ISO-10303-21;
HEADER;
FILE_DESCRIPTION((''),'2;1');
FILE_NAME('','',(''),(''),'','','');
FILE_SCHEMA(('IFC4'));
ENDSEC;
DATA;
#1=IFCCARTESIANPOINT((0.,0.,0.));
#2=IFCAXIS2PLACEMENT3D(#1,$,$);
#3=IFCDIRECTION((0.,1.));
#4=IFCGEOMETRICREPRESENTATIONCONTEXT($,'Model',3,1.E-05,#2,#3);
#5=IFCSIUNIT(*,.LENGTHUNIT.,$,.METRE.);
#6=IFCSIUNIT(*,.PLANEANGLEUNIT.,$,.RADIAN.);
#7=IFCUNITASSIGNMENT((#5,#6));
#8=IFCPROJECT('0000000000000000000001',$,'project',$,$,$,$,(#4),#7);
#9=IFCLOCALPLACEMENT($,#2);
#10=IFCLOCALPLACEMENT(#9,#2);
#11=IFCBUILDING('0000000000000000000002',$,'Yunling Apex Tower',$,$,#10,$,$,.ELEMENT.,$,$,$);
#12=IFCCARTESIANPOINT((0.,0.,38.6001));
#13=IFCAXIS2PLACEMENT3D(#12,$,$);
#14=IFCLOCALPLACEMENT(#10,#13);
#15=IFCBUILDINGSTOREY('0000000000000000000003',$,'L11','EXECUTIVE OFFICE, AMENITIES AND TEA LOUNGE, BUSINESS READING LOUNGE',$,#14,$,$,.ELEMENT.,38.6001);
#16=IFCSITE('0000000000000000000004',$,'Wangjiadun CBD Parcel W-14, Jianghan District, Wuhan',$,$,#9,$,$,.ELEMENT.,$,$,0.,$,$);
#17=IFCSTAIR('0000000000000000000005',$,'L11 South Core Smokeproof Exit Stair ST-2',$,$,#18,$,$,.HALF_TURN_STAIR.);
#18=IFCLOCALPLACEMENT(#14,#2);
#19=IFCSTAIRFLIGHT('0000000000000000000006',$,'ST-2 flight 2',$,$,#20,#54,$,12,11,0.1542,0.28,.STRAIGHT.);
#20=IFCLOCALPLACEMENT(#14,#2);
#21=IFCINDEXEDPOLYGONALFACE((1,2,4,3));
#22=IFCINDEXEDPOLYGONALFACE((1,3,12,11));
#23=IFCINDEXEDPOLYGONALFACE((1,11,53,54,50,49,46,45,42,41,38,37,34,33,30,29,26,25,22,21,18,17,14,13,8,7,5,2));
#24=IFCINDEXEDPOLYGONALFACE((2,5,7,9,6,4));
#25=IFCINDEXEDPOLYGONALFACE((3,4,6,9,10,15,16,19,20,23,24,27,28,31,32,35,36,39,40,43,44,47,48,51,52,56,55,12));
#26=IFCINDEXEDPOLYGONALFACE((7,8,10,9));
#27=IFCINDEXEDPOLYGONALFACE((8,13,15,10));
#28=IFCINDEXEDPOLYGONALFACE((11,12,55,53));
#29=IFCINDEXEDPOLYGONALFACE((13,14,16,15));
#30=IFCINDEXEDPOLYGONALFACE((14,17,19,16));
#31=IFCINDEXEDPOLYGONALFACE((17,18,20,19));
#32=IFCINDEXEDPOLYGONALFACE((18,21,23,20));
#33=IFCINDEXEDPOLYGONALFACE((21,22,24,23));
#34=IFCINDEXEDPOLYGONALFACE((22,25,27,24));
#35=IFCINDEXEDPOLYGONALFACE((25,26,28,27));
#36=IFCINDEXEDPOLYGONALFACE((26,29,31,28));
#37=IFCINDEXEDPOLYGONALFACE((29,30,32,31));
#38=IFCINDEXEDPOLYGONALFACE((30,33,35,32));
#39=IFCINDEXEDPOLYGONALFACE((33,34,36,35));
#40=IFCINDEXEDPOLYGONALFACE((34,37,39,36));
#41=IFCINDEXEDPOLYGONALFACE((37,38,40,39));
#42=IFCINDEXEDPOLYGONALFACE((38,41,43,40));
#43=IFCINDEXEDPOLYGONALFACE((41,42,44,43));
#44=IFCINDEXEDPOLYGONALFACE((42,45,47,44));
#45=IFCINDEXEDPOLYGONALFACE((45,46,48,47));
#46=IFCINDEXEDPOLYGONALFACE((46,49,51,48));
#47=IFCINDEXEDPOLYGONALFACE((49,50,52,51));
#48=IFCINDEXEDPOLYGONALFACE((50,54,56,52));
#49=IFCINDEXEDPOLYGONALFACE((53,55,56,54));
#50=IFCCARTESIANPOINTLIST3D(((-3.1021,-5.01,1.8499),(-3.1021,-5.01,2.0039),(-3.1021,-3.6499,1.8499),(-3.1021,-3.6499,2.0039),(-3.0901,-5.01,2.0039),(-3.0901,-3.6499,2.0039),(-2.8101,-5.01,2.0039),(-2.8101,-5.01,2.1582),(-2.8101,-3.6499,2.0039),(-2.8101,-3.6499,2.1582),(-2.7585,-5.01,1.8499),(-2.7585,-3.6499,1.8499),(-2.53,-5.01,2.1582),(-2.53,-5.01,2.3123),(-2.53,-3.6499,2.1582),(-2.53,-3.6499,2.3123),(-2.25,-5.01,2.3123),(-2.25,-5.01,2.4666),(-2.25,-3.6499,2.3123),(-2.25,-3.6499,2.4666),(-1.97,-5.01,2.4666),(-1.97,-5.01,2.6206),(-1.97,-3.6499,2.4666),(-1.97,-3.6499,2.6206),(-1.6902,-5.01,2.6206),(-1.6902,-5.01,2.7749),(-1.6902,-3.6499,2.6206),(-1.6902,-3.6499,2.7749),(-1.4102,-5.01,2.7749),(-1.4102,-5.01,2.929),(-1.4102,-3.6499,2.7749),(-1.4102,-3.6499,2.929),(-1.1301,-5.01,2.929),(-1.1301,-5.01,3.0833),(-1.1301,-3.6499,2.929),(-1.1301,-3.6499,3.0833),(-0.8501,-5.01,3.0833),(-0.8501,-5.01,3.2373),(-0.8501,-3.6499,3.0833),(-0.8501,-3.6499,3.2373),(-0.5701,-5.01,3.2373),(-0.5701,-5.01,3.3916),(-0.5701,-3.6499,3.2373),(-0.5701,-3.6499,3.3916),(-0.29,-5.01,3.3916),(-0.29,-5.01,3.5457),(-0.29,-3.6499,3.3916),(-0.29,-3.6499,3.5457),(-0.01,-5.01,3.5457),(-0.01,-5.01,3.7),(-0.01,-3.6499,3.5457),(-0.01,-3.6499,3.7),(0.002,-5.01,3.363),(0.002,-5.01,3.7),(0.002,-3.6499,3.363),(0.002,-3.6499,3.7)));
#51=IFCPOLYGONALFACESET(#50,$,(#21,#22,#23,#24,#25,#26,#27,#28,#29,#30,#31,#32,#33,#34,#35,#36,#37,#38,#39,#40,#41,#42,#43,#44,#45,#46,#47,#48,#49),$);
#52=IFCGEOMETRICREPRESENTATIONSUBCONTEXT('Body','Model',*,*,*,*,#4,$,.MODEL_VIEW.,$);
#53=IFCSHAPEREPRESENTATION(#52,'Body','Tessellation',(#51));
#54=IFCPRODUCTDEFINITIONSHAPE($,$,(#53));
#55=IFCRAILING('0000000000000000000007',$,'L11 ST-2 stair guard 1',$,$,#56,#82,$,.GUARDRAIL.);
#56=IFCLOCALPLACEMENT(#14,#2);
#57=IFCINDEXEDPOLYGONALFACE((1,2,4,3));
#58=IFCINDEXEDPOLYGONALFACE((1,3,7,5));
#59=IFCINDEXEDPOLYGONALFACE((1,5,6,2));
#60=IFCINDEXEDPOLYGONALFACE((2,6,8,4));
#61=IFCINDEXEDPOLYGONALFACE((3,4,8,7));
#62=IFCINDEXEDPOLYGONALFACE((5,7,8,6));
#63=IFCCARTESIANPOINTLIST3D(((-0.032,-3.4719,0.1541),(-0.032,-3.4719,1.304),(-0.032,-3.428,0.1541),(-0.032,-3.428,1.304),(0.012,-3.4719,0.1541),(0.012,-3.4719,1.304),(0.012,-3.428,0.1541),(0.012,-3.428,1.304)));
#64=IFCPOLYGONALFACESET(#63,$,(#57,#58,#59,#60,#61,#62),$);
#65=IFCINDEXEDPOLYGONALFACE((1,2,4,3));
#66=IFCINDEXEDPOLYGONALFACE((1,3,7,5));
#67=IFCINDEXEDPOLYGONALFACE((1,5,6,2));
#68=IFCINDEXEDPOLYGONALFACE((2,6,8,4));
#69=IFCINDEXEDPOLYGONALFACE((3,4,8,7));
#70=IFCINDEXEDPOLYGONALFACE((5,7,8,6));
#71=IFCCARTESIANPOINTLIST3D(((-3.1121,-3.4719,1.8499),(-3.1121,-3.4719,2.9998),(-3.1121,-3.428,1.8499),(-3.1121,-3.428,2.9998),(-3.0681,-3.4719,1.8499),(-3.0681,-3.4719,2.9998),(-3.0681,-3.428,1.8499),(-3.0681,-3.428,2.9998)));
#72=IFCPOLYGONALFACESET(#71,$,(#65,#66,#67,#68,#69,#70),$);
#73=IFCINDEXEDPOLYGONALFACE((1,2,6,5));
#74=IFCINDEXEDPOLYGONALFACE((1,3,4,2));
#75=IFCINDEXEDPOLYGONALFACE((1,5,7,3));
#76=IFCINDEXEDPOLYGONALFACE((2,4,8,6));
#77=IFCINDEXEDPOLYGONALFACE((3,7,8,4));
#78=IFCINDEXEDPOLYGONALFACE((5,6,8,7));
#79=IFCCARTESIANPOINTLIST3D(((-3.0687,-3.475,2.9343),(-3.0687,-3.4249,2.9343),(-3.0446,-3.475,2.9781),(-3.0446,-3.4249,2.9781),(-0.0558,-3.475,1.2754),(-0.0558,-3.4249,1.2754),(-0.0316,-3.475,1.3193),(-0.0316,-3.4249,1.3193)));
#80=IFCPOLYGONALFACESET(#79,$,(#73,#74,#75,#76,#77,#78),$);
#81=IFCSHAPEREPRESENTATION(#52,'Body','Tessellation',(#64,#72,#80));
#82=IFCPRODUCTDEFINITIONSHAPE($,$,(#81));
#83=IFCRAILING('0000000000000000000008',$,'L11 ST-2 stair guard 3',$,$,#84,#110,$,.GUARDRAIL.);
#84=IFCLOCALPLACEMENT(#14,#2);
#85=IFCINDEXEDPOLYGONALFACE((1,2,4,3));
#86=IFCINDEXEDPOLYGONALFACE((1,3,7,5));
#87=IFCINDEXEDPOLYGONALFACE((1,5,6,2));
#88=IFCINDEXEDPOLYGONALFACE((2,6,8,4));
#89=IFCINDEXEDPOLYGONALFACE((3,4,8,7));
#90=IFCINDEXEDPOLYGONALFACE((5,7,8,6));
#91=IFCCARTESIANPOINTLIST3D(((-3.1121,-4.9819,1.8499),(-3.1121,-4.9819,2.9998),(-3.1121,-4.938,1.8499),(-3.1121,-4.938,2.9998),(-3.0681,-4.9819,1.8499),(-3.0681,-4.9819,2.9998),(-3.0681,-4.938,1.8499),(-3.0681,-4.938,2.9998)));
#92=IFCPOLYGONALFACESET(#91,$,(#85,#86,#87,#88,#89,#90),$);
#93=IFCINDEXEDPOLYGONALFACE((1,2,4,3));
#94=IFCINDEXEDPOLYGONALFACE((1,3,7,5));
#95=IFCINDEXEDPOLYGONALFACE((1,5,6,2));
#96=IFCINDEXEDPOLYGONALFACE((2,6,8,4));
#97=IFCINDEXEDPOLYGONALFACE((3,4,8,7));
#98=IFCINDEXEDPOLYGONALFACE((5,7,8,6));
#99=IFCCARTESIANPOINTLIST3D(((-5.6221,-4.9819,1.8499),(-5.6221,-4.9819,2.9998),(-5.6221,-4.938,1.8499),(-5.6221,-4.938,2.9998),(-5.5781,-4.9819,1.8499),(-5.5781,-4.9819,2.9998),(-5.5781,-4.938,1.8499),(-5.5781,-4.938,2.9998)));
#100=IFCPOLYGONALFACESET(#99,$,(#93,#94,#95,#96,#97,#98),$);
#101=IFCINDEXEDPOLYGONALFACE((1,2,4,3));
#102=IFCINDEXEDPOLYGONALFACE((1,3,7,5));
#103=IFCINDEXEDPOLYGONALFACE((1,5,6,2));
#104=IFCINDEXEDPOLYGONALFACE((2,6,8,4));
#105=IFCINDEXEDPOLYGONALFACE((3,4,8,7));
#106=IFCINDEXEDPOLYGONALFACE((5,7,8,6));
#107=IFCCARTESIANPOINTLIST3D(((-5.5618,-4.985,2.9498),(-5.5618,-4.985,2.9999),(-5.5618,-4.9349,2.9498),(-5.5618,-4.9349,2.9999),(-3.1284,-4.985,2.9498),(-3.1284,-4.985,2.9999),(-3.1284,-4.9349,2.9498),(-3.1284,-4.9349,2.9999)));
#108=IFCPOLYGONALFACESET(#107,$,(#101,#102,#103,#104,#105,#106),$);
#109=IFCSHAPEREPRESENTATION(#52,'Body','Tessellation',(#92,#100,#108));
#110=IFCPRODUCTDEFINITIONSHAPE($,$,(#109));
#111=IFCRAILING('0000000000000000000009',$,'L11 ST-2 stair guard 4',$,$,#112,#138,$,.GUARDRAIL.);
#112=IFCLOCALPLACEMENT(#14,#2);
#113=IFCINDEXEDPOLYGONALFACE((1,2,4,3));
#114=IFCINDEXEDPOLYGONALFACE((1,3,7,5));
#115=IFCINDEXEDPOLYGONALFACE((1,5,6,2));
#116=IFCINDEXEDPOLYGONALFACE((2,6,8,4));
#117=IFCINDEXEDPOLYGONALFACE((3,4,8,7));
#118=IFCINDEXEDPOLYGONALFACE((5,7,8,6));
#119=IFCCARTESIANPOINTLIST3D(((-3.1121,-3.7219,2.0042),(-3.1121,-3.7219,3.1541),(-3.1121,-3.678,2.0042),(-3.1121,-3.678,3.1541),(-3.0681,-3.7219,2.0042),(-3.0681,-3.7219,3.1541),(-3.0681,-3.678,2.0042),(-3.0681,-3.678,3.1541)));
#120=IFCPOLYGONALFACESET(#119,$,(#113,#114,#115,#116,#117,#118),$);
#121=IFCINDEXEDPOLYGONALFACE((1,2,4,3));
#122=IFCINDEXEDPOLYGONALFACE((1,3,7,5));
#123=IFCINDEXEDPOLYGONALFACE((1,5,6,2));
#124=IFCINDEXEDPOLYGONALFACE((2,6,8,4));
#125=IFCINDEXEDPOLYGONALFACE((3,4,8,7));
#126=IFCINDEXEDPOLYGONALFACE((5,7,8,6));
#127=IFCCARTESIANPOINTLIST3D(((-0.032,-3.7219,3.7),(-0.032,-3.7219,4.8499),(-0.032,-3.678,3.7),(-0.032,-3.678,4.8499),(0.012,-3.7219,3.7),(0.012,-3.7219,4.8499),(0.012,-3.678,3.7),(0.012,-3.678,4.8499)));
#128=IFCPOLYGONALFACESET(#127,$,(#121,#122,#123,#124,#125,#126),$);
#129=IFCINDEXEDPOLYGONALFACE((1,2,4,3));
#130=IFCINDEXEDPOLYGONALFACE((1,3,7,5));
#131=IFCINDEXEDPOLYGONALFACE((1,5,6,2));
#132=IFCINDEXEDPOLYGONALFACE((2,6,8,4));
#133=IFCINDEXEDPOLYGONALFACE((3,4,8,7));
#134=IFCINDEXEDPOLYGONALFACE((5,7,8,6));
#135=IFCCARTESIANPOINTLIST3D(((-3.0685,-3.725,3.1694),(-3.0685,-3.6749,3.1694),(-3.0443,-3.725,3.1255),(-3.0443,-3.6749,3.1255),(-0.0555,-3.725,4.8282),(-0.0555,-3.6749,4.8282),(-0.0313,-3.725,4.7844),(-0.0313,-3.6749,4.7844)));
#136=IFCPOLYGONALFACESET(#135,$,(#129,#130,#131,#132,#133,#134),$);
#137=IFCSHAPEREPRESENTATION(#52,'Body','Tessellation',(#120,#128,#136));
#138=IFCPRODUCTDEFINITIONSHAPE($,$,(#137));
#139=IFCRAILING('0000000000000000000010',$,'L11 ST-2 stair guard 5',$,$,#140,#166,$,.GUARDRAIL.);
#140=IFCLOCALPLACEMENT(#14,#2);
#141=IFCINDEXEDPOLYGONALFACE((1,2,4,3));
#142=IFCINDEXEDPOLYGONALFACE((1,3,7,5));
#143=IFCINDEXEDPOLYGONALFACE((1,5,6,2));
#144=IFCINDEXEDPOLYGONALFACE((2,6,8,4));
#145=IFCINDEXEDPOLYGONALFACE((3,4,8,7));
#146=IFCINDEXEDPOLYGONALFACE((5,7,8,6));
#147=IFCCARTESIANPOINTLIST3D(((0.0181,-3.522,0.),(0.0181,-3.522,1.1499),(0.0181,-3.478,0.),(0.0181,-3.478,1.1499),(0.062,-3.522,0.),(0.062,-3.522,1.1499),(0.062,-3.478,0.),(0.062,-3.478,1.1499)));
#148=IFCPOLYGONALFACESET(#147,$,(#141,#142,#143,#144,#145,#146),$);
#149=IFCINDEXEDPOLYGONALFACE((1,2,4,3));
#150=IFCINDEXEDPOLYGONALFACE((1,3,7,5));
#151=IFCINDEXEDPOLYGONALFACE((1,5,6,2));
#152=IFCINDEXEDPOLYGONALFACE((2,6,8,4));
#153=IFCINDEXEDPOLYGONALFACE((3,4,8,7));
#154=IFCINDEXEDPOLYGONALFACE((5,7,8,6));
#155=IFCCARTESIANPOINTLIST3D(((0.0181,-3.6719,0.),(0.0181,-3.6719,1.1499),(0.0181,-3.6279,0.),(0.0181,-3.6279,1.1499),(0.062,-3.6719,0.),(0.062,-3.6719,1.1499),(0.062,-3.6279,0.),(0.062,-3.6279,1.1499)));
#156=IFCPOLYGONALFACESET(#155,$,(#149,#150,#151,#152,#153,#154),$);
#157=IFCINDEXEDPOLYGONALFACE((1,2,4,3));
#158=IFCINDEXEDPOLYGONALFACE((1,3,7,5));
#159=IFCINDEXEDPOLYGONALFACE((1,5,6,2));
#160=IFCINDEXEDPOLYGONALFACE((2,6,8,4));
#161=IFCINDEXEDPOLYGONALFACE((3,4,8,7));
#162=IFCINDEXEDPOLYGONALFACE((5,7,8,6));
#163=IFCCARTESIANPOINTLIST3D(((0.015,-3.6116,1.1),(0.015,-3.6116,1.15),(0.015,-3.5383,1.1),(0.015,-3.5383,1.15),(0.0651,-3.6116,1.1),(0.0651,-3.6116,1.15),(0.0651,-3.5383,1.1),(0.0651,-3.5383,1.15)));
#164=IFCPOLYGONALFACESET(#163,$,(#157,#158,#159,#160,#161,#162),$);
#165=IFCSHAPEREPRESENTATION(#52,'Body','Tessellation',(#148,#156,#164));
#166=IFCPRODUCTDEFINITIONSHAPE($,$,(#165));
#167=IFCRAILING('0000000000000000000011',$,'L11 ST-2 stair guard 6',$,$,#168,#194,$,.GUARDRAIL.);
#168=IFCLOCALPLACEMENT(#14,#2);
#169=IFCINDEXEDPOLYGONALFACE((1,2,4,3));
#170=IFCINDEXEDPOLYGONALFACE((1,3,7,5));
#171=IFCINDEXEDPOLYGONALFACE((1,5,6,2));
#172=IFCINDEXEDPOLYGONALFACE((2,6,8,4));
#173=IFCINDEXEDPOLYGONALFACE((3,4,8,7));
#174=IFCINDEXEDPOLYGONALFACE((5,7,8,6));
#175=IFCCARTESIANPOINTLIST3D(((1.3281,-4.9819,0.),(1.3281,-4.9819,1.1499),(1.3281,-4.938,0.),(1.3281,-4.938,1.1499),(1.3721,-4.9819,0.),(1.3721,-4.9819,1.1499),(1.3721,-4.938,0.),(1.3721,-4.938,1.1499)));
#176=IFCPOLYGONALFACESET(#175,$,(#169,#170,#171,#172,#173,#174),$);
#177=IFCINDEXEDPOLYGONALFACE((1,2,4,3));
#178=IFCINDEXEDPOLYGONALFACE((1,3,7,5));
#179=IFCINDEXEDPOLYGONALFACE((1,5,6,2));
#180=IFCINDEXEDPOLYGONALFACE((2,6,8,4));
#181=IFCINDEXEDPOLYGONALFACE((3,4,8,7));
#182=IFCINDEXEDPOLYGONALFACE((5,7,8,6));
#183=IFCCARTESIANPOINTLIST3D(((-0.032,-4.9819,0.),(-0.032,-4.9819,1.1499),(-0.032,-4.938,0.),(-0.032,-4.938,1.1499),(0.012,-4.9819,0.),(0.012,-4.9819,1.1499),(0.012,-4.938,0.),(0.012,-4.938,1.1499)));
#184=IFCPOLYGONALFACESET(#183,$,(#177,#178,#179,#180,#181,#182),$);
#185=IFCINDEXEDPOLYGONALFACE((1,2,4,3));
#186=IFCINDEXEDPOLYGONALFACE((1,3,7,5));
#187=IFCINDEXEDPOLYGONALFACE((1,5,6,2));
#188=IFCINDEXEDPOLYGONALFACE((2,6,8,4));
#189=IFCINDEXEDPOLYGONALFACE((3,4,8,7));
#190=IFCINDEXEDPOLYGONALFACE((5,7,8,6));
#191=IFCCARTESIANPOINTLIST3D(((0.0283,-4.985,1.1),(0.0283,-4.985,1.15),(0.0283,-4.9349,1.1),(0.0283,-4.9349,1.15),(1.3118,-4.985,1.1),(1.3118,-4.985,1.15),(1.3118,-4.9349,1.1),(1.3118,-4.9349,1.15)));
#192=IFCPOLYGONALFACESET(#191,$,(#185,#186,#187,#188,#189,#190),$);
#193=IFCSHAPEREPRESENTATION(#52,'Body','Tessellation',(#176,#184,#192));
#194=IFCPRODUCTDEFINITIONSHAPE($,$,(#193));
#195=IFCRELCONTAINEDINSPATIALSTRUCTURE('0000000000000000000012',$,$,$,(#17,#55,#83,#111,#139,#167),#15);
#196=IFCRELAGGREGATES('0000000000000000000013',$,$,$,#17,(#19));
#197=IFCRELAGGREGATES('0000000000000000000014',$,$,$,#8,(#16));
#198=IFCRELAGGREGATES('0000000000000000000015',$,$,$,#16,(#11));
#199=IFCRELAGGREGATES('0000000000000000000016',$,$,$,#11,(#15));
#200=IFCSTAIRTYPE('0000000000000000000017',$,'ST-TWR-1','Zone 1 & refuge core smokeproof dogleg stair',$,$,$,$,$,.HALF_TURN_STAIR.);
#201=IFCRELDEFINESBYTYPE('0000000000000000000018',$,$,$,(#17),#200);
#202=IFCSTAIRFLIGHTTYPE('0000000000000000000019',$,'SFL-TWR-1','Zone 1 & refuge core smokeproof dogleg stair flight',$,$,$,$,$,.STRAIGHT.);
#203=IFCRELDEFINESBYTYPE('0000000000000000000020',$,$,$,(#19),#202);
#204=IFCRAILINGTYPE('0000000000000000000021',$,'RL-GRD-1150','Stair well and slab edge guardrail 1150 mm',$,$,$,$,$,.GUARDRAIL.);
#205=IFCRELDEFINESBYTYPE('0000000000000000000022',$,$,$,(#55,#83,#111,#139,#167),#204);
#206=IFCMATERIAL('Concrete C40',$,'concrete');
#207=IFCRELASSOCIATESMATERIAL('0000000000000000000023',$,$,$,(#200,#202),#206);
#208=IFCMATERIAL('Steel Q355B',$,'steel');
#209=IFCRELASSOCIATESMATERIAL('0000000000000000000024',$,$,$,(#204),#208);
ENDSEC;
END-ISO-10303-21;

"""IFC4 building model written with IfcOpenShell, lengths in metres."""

from ifc_helpers import new_model, si_unit, direction, frame, origin, origin_2d, place, context, subcontext, project, spatial, polyline, rectangle, outline, extrude, material, type_object, element, aggregate, save


model = new_model("IFC4")

# Units and contexts
model_context = context("Model", 3, precision=1e-05, world=origin(), true_north=direction((0.0, 1.0)))
body_context = subcontext(model_context, "Body", "Model", "MODEL_VIEW")
ifc_project = project(units=[si_unit("LENGTHUNIT", "METRE"), si_unit("PLANEANGLEUNIT", "RADIAN")], contexts=[model_context])

# Site, building, storey
site_placement = place(None, origin())
site = spatial("IfcSite", under=ifc_project, at=site_placement, Name="Wangjiadun CBD Parcel W-14, Jianghan District, Wuhan", CompositionType="ELEMENT", RefElevation=0.0)
building_placement = place(site_placement, origin())
building = spatial("IfcBuilding", under=site, at=building_placement, Name="Yunling Apex Tower", CompositionType="ELEMENT")
storey_placement = place(building_placement, frame((0.0, 0.0, 38.6001)))
storey = spatial("IfcBuildingStorey", under=building, at=storey_placement, Name="L11", Description="EXECUTIVE OFFICE, AMENITIES AND TEA LOUNGE, BUSINESS READING LOUNGE", CompositionType="ELEMENT", Elevation=38.6001)

# Shared definitions
ifc_material_1 = material(Name="Concrete C40", Category="concrete")

# Shared definitions
ifc_material_2 = material(Name="Steel Q355B", Category="steel")

# Stair, stair flight
stair_type = type_object("IfcStairType", Name="ST-TWR-1", Description="Zone 1 & refuge core smokeproof dogleg stair", PredefinedType="HALF_TURN_STAIR", material=ifc_material_1)
stair_placement = place(storey_placement, origin())
stair = element("IfcStair", 1, at=stair_placement, inside=storey, type_object=stair_type, Name="L11 South Core Smokeproof Exit Stair ST-2", PredefinedType="HALF_TURN_STAIR")
stair_flight_type = type_object("IfcStairFlightType", Name="SFL-TWR-1", Description="Zone 1 & refuge core smokeproof dogleg stair flight", PredefinedType="STRAIGHT", material=ifc_material_1)
stair_flight_1_placement = place(storey_placement, frame((-3.0901, -4.3301, 1.8499), z_axis=(0.0, 0.0, 1.0), x_axis=(1.0, 0.0, 0.0)))
stair_flight_1 = element("IfcStairFlight", 2, at=stair_flight_1_placement, type_object=stair_flight_type, Name="ST-2 flight 2", NumberOfRisers=12, NumberOfTreads=11, PredefinedType="STRAIGHT", RiserHeight=0.1542, TreadLength=0.28, context=body_context, shape_type="SweptSolid", body=[
    extrude(outline(polyline([(-0.012, 0.0), (-0.012, 0.1541), (0.0, 0.1541), (0.28, 0.1541), (0.28, 0.3083), (0.5601, 0.3083), (0.5601, 0.4624), (0.8401, 0.4624), (0.8401, 0.6167), (1.1201, 0.6167), (1.1201, 0.7708), (1.3999, 0.7708), (1.3999, 0.925), (1.6799, 0.925), (1.6799, 1.0791), (1.96, 1.0791), (1.96, 1.2334), (2.24, 1.2334), (2.24, 1.3875), (2.52, 1.3875), (2.52, 1.5417), (2.8, 1.5417), (2.8, 1.6958), (3.0801, 1.6958), (3.0801, 1.8501), (3.092, 1.8501), (3.092, 1.5132), (0.3315, 0.0), (-0.012, 0.0)])), frame((0.0, 0.6802, 0.0), z_axis=(0.0, -1.0, 0.0), x_axis=(1.0, 0.0, 0.0)), (0.0, 0.0, 1.0), 1.3601),
])
aggregate(stair, [stair_flight_1])

# Railings
railing_type_1 = type_object("IfcRailingType", Name="RL-GRD-1150", Description="Stair well and slab edge guardrail 1150 mm", PredefinedType="GUARDRAIL", material=ifc_material_2)
railing_1_placement = place(storey_placement, frame((-0.01, -3.45, 0.1541)))
element("IfcRailing", 3, at=railing_1_placement, inside=storey, type_object=railing_type_1, Name="L11 ST-2 stair guard 1", PredefinedType="GUARDRAIL", context=body_context, shape_type="SweptSolid", body=[
    extrude(rectangle(XDim=0.0439, YDim=0.0439, at=origin_2d()), origin(), (0.0, 0.0, 1.0), 1.1499),
    extrude(rectangle(XDim=0.0439, YDim=0.0439, at=origin_2d()), frame((-3.0801, 0.0, 1.6958)), (0.0, 0.0, 1.0), 1.1499),
    extrude(rectangle(XDim=0.05, YDim=0.05, at=origin_2d()), frame((-0.0337, 0.0, 1.1433), z_axis=(-0.876005, 0.0, 0.482303), x_axis=(0.0, -1.0, 0.0)), (0.0, 0.0, 1.0), 3.4395),
])
railing_2_placement = place(storey_placement, frame((-3.0901, -4.96, 1.8499)))
element("IfcRailing", 4, at=railing_2_placement, inside=storey, type_object=railing_type_1, Name="L11 ST-2 stair guard 3", PredefinedType="GUARDRAIL", context=body_context, shape_type="SweptSolid", body=[
    extrude(rectangle(XDim=0.0439, YDim=0.0439, at=origin_2d()), origin(), (0.0, 0.0, 1.0), 1.1499),
    extrude(rectangle(XDim=0.0439, YDim=0.0439, at=origin_2d()), frame((-2.51, 0.0, 0.0)), (0.0, 0.0, 1.0), 1.1499),
    extrude(rectangle(XDim=0.05, YDim=0.05, at=origin_2d()), frame((-0.0383, 0.0, 1.125), z_axis=(-1.0, 0.0, 0.0), x_axis=(0.0, -1.0, 0.0)), (0.0, 0.0, 1.0), 2.4333),
])
railing_3_placement = place(storey_placement, frame((-3.0901, -3.7, 2.0042)))
element("IfcRailing", 5, at=railing_3_placement, inside=storey, type_object=railing_type_1, Name="L11 ST-2 stair guard 4", PredefinedType="GUARDRAIL", context=body_context, shape_type="SweptSolid", body=[
    extrude(rectangle(XDim=0.0439, YDim=0.0439, at=origin_2d()), origin(), (0.0, 0.0, 1.0), 1.1499),
    extrude(rectangle(XDim=0.0439, YDim=0.0439, at=origin_2d()), frame((3.0801, 0.0, 1.6958)), (0.0, 0.0, 1.0), 1.1499),
    extrude(rectangle(XDim=0.05, YDim=0.05, at=origin_2d()), frame((0.0337, 0.0, 1.1433), z_axis=(0.876005, 0.0, 0.482303), x_axis=(0.0, 1.0, 0.0)), (0.0, 0.0, 1.0), 3.4395),
])
railing_4_placement = place(storey_placement, frame((0.04, -3.5, 0.0)))
element("IfcRailing", 6, at=railing_4_placement, inside=storey, type_object=railing_type_1, Name="L11 ST-2 stair guard 5", PredefinedType="GUARDRAIL", context=body_context, shape_type="SweptSolid", body=[
    extrude(rectangle(XDim=0.0439, YDim=0.0439, at=origin_2d()), origin(), (0.0, 0.0, 1.0), 1.1499),
    extrude(rectangle(XDim=0.0439, YDim=0.0439, at=origin_2d()), frame((0.0, -0.1499, 0.0)), (0.0, 0.0, 1.0), 1.1499),
    extrude(rectangle(XDim=0.05, YDim=0.05, at=origin_2d()), frame((0.0, -0.0383, 1.125), z_axis=(0.0, -1.0, 0.0), x_axis=(1.0, 0.0, 0.0)), (0.0, 0.0, 1.0), 0.0732),
])
railing_5_placement = place(storey_placement, frame((1.3501, -4.96, 0.0)))
element("IfcRailing", 7, at=railing_5_placement, inside=storey, type_object=railing_type_1, Name="L11 ST-2 stair guard 6", PredefinedType="GUARDRAIL", context=body_context, shape_type="SweptSolid", body=[
    extrude(rectangle(XDim=0.0439, YDim=0.0439, at=origin_2d()), origin(), (0.0, 0.0, 1.0), 1.1499),
    extrude(rectangle(XDim=0.0439, YDim=0.0439, at=origin_2d()), frame((-1.3601, 0.0, 0.0)), (0.0, 0.0, 1.0), 1.1499),
    extrude(rectangle(XDim=0.05, YDim=0.05, at=origin_2d()), frame((-0.0383, 0.0, 1.125), z_axis=(-1.0, 0.0, 0.0), x_axis=(0.0, -1.0, 0.0)), (0.0, 0.0, 1.0), 1.2834),
])

save(model, "model.ifc")
